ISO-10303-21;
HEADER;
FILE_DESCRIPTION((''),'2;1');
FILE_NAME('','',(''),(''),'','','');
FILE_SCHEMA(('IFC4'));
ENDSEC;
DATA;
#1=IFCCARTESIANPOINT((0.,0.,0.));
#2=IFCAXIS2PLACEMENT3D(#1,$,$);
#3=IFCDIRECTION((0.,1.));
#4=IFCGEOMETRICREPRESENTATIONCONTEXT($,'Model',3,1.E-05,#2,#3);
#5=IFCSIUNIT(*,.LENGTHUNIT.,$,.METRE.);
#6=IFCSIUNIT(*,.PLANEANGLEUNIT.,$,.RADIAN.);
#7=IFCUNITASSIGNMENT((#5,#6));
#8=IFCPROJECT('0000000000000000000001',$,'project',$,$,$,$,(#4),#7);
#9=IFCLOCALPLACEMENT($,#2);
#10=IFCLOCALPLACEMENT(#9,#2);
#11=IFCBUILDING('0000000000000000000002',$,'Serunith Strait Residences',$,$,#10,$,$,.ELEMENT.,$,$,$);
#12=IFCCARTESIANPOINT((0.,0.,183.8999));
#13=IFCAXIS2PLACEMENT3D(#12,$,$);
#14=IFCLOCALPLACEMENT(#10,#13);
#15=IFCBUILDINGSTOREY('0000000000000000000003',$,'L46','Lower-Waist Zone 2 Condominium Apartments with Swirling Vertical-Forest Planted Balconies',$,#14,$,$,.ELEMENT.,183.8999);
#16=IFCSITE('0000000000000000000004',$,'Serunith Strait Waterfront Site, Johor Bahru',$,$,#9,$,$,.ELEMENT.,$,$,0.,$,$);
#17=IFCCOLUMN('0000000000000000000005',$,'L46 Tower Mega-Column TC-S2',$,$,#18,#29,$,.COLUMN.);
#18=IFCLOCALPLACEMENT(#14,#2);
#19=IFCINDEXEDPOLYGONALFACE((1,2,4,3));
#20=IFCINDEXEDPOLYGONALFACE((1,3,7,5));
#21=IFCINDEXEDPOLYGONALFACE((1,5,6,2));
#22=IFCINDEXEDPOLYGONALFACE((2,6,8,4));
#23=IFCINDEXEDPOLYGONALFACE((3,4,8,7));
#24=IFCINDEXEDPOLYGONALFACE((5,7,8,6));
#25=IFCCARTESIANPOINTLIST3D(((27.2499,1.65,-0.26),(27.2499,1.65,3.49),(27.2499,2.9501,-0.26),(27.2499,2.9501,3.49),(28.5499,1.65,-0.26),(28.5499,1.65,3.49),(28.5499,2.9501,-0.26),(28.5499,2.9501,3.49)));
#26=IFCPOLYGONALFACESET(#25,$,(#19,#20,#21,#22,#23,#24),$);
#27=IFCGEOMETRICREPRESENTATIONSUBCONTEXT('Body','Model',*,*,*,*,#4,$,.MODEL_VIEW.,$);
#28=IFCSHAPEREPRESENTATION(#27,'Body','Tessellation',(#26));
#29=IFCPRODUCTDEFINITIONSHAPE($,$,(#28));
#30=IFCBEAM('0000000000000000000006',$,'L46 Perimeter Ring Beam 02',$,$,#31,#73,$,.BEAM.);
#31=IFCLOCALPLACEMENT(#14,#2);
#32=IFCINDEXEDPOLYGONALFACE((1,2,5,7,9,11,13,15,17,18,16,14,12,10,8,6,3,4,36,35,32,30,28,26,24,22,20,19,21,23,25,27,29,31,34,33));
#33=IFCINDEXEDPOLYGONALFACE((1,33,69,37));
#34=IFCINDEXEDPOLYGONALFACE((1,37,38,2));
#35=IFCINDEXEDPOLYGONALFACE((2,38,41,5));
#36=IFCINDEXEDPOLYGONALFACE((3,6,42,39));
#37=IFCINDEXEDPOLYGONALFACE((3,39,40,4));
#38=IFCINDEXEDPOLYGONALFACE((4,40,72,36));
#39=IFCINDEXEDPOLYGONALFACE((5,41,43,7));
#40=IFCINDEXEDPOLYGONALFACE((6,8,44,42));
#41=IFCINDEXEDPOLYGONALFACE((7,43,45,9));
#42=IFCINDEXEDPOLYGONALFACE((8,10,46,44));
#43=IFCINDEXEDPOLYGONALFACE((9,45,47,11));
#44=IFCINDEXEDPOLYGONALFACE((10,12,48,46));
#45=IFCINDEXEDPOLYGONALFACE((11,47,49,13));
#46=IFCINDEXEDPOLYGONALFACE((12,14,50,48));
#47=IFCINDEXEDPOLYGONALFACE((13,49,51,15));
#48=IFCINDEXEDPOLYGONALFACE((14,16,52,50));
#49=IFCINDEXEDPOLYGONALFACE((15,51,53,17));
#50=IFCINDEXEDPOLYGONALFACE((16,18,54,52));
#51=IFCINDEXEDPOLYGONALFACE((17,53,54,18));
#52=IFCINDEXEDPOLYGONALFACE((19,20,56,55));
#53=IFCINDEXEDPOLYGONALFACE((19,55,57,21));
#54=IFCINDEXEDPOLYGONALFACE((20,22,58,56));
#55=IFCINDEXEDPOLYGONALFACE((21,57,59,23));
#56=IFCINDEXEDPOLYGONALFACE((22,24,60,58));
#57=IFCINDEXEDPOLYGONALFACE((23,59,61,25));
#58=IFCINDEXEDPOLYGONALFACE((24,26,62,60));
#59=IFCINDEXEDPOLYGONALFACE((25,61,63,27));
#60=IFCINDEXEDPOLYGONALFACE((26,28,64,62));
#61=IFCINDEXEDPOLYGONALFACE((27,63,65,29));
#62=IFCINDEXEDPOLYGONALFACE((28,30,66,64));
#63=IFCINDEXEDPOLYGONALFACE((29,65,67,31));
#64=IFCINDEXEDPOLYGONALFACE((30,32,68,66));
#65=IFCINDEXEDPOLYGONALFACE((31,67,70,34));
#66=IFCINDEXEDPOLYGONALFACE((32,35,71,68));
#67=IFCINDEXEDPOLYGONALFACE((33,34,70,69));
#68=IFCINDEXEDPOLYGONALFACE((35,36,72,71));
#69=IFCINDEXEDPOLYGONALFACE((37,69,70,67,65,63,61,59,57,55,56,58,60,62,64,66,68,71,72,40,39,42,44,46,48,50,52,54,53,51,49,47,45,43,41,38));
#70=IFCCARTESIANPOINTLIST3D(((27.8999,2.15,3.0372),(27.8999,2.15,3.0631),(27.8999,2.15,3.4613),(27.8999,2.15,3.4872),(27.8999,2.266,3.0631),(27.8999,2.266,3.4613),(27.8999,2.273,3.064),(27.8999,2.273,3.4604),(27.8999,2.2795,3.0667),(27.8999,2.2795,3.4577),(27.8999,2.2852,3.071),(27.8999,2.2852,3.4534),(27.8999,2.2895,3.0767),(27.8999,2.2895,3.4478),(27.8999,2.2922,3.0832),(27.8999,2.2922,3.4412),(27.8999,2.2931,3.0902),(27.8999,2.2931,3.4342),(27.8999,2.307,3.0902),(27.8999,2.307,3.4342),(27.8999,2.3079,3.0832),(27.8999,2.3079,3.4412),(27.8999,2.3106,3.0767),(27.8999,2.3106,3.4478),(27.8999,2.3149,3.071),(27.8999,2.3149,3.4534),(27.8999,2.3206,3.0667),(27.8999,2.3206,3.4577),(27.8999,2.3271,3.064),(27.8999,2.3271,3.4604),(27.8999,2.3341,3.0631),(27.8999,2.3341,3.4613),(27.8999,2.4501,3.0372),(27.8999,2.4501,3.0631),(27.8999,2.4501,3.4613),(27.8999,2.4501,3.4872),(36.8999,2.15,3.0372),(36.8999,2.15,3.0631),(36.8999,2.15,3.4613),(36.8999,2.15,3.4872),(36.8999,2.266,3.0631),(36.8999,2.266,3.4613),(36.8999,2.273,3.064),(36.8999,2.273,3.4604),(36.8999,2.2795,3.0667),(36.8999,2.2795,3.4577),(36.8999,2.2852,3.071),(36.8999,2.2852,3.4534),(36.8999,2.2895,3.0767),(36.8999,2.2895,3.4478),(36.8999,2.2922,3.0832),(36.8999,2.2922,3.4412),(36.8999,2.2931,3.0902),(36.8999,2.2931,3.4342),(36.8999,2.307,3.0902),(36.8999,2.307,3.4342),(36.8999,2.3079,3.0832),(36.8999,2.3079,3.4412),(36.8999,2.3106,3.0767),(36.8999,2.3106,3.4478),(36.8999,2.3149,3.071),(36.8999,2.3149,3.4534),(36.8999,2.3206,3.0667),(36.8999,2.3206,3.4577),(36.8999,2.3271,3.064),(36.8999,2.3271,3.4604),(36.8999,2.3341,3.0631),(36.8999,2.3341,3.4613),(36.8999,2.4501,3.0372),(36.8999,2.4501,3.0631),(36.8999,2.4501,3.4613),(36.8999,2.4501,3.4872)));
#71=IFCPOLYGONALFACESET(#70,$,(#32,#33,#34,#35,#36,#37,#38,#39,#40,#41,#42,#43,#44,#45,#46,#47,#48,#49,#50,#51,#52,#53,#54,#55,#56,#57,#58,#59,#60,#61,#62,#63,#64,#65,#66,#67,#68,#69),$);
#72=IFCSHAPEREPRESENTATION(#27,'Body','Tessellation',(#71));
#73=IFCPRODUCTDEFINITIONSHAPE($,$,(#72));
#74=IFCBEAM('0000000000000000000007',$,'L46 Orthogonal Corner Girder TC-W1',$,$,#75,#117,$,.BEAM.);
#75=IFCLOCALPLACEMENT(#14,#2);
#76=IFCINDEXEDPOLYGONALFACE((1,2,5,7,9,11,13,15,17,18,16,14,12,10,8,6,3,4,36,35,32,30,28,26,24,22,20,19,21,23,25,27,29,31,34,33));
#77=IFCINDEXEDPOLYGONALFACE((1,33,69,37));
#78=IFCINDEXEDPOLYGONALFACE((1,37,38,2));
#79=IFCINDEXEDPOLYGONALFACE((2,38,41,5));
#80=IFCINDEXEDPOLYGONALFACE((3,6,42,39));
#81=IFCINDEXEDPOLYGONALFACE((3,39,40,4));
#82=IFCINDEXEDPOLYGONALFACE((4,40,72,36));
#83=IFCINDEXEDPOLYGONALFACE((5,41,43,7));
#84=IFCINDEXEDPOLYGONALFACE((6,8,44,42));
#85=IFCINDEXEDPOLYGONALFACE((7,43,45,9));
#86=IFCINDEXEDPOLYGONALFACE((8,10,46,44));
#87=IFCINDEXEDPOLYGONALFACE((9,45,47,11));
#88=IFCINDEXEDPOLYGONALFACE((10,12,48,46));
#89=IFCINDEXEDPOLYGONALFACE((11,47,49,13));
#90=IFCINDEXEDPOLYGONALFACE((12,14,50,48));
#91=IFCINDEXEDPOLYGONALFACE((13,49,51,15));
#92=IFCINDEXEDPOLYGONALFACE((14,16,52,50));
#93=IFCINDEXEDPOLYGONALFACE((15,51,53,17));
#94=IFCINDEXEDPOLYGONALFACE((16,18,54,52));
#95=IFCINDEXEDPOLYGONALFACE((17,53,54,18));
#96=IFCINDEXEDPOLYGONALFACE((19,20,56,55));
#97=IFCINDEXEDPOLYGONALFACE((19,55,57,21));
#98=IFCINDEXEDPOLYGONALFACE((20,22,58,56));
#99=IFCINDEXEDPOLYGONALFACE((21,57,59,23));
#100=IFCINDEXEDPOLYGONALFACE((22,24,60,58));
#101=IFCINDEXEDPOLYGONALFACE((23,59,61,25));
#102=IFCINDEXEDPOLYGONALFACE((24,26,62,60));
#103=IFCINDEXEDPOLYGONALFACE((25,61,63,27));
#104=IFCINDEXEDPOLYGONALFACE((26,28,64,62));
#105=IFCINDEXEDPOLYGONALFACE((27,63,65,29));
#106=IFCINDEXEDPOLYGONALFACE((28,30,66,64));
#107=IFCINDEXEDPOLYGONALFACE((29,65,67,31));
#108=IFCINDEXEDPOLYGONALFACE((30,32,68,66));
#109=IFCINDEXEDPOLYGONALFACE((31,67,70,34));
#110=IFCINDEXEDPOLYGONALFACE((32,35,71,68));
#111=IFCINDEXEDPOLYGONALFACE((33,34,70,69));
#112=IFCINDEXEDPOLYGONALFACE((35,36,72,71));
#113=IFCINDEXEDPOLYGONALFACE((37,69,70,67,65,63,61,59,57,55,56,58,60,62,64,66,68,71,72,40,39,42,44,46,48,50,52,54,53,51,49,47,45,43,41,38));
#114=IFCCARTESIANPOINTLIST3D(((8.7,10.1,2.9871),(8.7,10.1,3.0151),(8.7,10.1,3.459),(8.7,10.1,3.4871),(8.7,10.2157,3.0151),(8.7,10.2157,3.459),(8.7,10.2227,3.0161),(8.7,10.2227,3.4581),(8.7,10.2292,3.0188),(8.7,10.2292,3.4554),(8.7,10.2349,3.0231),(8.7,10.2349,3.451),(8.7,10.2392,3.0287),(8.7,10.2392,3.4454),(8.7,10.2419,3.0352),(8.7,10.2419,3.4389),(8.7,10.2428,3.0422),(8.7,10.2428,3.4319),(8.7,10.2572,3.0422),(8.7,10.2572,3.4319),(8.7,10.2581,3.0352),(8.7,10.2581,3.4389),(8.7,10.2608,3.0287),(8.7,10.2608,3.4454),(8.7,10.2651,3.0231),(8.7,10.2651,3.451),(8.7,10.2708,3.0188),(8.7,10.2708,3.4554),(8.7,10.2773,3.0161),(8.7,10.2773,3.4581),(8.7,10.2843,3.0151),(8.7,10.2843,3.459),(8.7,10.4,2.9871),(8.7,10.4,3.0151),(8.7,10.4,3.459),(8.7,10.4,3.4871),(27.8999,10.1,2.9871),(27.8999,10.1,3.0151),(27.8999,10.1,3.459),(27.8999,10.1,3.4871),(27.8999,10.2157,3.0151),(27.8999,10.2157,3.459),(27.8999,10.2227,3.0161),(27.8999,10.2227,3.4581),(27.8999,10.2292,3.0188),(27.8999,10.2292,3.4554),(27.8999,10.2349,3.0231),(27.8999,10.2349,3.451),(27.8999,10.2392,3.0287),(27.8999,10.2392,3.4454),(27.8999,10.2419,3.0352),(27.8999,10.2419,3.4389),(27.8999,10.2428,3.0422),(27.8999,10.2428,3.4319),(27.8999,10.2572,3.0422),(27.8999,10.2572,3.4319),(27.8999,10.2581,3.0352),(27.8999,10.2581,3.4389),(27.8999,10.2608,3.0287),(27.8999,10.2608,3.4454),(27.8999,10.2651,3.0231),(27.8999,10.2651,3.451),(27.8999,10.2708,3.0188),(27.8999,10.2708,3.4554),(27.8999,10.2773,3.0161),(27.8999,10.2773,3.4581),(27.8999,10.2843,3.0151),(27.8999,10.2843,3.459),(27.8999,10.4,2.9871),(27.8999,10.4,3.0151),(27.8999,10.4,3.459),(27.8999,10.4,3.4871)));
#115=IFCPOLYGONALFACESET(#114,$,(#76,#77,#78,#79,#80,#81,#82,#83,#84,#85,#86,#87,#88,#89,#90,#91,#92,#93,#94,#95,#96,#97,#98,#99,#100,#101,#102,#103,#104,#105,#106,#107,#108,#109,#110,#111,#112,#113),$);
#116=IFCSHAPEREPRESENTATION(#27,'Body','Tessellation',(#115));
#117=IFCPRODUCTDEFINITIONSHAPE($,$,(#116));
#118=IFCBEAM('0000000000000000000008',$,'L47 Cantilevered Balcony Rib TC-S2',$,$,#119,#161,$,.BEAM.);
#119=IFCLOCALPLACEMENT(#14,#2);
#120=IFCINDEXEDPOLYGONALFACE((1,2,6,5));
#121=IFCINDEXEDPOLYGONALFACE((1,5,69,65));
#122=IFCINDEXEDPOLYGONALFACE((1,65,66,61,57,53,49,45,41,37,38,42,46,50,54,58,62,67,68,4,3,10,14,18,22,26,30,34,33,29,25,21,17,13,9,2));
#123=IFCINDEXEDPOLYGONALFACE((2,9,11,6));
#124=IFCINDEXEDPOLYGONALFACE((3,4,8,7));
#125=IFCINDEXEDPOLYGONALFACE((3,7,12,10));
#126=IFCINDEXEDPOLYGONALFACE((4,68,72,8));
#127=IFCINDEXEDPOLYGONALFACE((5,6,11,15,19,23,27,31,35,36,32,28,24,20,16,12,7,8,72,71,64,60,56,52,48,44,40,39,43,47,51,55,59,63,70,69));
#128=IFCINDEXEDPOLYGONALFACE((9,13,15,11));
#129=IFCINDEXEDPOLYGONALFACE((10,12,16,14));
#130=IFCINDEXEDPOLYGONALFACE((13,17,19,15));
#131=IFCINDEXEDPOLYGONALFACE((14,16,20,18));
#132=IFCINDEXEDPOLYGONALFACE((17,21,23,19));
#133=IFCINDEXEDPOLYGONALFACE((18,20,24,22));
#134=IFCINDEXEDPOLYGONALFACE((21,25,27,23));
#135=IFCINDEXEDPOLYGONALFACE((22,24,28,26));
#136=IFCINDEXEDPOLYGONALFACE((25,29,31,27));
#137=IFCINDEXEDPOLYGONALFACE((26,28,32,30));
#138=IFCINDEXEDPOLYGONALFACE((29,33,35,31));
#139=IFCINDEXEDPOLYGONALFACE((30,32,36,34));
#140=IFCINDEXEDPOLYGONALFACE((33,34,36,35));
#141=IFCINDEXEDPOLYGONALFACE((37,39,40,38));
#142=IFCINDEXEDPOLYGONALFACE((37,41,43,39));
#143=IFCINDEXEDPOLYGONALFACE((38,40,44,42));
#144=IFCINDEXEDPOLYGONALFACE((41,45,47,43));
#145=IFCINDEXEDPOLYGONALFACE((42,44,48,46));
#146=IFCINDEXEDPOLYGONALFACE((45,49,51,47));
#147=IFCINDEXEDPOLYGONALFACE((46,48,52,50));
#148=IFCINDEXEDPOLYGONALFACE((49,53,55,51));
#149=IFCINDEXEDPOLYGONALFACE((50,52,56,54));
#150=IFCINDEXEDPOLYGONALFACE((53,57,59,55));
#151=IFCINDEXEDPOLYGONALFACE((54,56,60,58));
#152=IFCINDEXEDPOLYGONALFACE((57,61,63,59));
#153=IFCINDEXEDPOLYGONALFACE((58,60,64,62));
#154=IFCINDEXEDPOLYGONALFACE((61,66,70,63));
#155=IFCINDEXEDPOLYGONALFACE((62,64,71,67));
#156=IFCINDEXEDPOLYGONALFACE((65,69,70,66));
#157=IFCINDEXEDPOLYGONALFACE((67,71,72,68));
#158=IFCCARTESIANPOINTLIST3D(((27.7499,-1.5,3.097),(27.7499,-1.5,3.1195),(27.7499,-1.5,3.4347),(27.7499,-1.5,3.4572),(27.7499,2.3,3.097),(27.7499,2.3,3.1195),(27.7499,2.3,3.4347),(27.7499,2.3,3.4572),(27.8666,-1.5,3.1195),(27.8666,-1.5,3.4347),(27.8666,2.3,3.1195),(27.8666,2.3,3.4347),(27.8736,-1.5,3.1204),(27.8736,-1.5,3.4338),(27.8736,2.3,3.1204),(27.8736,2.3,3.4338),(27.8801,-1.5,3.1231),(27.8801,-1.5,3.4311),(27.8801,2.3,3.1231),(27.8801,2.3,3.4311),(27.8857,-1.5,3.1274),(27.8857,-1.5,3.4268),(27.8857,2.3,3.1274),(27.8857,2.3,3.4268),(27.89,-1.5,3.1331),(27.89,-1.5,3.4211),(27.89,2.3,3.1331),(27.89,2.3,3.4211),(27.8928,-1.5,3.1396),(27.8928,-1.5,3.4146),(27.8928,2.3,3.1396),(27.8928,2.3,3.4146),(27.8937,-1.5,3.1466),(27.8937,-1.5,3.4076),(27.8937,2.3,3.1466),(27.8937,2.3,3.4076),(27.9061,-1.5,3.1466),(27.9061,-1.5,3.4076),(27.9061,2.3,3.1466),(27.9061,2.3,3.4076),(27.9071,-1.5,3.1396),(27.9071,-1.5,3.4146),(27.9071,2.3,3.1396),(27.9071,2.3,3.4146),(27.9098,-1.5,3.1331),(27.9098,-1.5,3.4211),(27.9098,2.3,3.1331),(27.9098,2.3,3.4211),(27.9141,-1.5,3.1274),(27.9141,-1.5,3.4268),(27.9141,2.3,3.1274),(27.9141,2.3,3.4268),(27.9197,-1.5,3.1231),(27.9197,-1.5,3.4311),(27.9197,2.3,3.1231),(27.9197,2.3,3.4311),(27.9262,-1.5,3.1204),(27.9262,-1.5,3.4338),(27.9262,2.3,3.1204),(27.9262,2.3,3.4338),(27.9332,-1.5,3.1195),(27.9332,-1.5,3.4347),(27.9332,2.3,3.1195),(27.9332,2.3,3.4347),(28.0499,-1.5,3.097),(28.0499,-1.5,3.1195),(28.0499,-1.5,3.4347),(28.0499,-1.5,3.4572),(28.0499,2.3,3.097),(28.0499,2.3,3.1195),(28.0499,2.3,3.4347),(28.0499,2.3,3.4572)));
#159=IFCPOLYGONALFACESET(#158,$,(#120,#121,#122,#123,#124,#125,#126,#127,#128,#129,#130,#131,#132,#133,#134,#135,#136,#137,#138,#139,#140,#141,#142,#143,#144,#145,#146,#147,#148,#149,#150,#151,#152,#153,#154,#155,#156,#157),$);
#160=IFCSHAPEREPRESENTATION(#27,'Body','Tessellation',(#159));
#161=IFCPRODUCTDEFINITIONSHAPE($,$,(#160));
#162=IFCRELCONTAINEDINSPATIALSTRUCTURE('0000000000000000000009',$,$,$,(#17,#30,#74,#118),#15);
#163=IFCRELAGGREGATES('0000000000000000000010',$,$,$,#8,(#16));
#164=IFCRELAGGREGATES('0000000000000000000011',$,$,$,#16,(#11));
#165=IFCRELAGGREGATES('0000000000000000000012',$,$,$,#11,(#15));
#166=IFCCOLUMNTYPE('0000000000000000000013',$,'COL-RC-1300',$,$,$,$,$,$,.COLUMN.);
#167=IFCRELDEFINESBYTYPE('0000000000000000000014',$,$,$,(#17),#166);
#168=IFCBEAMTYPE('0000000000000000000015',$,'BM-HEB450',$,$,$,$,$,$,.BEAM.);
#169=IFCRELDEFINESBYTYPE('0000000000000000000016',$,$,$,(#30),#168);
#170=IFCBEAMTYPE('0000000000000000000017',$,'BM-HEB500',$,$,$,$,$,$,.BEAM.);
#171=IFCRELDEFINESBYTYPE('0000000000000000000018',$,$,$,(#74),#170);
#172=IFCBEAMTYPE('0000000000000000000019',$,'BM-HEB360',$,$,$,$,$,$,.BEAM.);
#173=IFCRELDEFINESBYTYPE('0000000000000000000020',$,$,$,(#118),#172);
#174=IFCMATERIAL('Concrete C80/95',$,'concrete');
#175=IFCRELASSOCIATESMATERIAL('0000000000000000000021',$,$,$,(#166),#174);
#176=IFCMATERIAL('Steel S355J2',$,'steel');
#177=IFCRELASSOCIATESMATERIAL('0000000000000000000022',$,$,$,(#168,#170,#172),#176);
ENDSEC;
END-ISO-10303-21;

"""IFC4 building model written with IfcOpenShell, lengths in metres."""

from ifc_helpers import new_model, si_unit, direction, frame, origin, origin_2d, place, context, subcontext, project, spatial, rectangle, i_section, extrude, source, transform, mapped, material, material_profile, profile_set, type_object, element, save


model = new_model("IFC4")

# Units and contexts
model_context = context("Model", 3, precision=1e-05, world=origin(), true_north=direction((0.0, 1.0)))
body_context = subcontext(model_context, "Body", "Model", "MODEL_VIEW")
ifc_project = project(units=[si_unit("LENGTHUNIT", "METRE"), si_unit("PLANEANGLEUNIT", "RADIAN")], contexts=[model_context])

# Site, building, storey
site_placement = place(None, origin())
site = spatial("IfcSite", under=ifc_project, at=site_placement, Name="Serunith Strait Waterfront Site, Johor Bahru", CompositionType="ELEMENT", RefElevation=0.0)
building_placement = place(site_placement, origin())
building = spatial("IfcBuilding", under=site, at=building_placement, Name="Serunith Strait Residences", CompositionType="ELEMENT")
storey_placement = place(building_placement, frame((0.0, 0.0, 183.8999)))
storey = spatial("IfcBuildingStorey", under=building, at=storey_placement, Name="L46", Description="Lower-Waist Zone 2 Condominium Apartments with Swirling Vertical-Forest Planted Balconies", CompositionType="ELEMENT", Elevation=183.8999)

# Column
ifc_material_1 = material(Name="Concrete C80/95", Category="concrete")
ifc_material_profile_1 = material_profile(ifc_material_1, rectangle(XDim=1.3, YDim=1.3, at=origin_2d()), Name="RC 1300x1300")
ifc_profile_set_1 = profile_set([ifc_material_profile_1], Name="Concrete C80/95")
column_type = type_object("IfcColumnType", Name="COL-RC-1300", PredefinedType="COLUMN", material=ifc_profile_set_1)
shared_shape_1 = source(origin(), body_context, "Body", "SweptSolid", [
    extrude(rectangle(XDim=1.3, YDim=1.3, at=origin_2d()), origin(), (0.0, 0.0, 1.0), 3.75),
])
column_placement = place(storey_placement, frame((27.8999, 2.3, -0.26), z_axis=(0.0, 0.0, 1.0), x_axis=(1.0, 0.0, 0.0)))
element("IfcColumn", 1, at=column_placement, inside=storey, type_object=column_type, Name="L46 Tower Mega-Column TC-S2", PredefinedType="COLUMN", context=body_context, shape_type="MappedRepresentation", body=[
    mapped(shared_shape_1, transform((0.0, 0.0, 0.0), scale=1.0)),
])

# Beams
ifc_material_2 = material(Name="Steel S355J2", Category="steel")
ifc_material_profile_2 = material_profile(ifc_material_2, i_section(OverallWidth=0.3, OverallDepth=0.45, WebThickness=0.0139, FlangeThickness=0.0259, FilletRadius=0.0271, at=origin_2d()), Name="HEB 450")
ifc_profile_set_2 = profile_set([ifc_material_profile_2], Name="Steel S355J2")
beam_type_1 = type_object("IfcBeamType", Name="BM-HEB450", PredefinedType="BEAM", material=ifc_profile_set_2)
shared_shape_2 = source(origin(), body_context, "Body", "SweptSolid", [
    extrude(i_section(OverallWidth=0.3, OverallDepth=0.45, WebThickness=0.0139, FlangeThickness=0.0259, FilletRadius=0.0271, at=origin_2d()), origin(), (0.0, 0.0, 1.0), 9.0),
])
beam_1_placement = place(storey_placement, frame((27.8999, 2.3, 3.2622), z_axis=(1.0, 0.0, 0.0), x_axis=(0.0, 1.0, 0.0)))
element("IfcBeam", 2, at=beam_1_placement, inside=storey, type_object=beam_type_1, Name="L46 Perimeter Ring Beam 02", PredefinedType="BEAM", context=body_context, shape_type="MappedRepresentation", body=[
    mapped(shared_shape_2, transform((0.0, 0.0, 0.0), scale=1.0)),
])
ifc_material_profile_3 = material_profile(ifc_material_2, i_section(OverallWidth=0.3, OverallDepth=0.5, WebThickness=0.0144, FlangeThickness=0.0281, FilletRadius=0.0271, at=origin_2d()), Name="HEB 500")
ifc_profile_set_3 = profile_set([ifc_material_profile_3], Name="Steel S355J2")
beam_type_2 = type_object("IfcBeamType", Name="BM-HEB500", PredefinedType="BEAM", material=ifc_profile_set_3)
shared_shape_3 = source(origin(), body_context, "Body", "SweptSolid", [
    extrude(i_section(OverallWidth=0.3, OverallDepth=0.5, WebThickness=0.0144, FlangeThickness=0.0281, FilletRadius=0.0271, at=origin_2d()), origin(), (0.0, 0.0, 1.0), 19.2),
])
beam_2_placement = place(storey_placement, frame((27.8999, 10.25, 3.2371), z_axis=(-1.0, 0.0, 0.0), x_axis=(0.0, -1.0, 0.0)))
element("IfcBeam", 3, at=beam_2_placement, inside=storey, type_object=beam_type_2, Name="L46 Orthogonal Corner Girder TC-W1", PredefinedType="BEAM", context=body_context, shape_type="MappedRepresentation", body=[
    mapped(shared_shape_3, transform((0.0, 0.0, 0.0), scale=1.0)),
])
ifc_material_profile_4 = material_profile(ifc_material_2, i_section(OverallWidth=0.3, OverallDepth=0.3601, WebThickness=0.0125, FlangeThickness=0.0225, FilletRadius=0.0271, at=origin_2d()), Name="HEB 360")
ifc_profile_set_4 = profile_set([ifc_material_profile_4], Name="Steel S355J2")
beam_type_3 = type_object("IfcBeamType", Name="BM-HEB360", PredefinedType="BEAM", material=ifc_profile_set_4)
shared_shape_4 = source(origin(), body_context, "Body", "SweptSolid", [
    extrude(i_section(OverallWidth=0.3, OverallDepth=0.3601, WebThickness=0.0125, FlangeThickness=0.0225, FilletRadius=0.0271, at=origin_2d()), origin(), (0.0, 0.0, 1.0), 3.8),
])
beam_3_placement = place(storey_placement, frame((27.8999, 2.3, 3.2771), z_axis=(0.0, -1.0, 0.0), x_axis=(1.0, 0.0, 0.0)))
element("IfcBeam", 4, at=beam_3_placement, inside=storey, type_object=beam_type_3, Name="L47 Cantilevered Balcony Rib TC-S2", PredefinedType="BEAM", context=body_context, shape_type="MappedRepresentation", body=[
    mapped(shared_shape_4, transform((0.0, 0.0, 0.0), scale=1.0)),
])

save(model, "model.ifc")
